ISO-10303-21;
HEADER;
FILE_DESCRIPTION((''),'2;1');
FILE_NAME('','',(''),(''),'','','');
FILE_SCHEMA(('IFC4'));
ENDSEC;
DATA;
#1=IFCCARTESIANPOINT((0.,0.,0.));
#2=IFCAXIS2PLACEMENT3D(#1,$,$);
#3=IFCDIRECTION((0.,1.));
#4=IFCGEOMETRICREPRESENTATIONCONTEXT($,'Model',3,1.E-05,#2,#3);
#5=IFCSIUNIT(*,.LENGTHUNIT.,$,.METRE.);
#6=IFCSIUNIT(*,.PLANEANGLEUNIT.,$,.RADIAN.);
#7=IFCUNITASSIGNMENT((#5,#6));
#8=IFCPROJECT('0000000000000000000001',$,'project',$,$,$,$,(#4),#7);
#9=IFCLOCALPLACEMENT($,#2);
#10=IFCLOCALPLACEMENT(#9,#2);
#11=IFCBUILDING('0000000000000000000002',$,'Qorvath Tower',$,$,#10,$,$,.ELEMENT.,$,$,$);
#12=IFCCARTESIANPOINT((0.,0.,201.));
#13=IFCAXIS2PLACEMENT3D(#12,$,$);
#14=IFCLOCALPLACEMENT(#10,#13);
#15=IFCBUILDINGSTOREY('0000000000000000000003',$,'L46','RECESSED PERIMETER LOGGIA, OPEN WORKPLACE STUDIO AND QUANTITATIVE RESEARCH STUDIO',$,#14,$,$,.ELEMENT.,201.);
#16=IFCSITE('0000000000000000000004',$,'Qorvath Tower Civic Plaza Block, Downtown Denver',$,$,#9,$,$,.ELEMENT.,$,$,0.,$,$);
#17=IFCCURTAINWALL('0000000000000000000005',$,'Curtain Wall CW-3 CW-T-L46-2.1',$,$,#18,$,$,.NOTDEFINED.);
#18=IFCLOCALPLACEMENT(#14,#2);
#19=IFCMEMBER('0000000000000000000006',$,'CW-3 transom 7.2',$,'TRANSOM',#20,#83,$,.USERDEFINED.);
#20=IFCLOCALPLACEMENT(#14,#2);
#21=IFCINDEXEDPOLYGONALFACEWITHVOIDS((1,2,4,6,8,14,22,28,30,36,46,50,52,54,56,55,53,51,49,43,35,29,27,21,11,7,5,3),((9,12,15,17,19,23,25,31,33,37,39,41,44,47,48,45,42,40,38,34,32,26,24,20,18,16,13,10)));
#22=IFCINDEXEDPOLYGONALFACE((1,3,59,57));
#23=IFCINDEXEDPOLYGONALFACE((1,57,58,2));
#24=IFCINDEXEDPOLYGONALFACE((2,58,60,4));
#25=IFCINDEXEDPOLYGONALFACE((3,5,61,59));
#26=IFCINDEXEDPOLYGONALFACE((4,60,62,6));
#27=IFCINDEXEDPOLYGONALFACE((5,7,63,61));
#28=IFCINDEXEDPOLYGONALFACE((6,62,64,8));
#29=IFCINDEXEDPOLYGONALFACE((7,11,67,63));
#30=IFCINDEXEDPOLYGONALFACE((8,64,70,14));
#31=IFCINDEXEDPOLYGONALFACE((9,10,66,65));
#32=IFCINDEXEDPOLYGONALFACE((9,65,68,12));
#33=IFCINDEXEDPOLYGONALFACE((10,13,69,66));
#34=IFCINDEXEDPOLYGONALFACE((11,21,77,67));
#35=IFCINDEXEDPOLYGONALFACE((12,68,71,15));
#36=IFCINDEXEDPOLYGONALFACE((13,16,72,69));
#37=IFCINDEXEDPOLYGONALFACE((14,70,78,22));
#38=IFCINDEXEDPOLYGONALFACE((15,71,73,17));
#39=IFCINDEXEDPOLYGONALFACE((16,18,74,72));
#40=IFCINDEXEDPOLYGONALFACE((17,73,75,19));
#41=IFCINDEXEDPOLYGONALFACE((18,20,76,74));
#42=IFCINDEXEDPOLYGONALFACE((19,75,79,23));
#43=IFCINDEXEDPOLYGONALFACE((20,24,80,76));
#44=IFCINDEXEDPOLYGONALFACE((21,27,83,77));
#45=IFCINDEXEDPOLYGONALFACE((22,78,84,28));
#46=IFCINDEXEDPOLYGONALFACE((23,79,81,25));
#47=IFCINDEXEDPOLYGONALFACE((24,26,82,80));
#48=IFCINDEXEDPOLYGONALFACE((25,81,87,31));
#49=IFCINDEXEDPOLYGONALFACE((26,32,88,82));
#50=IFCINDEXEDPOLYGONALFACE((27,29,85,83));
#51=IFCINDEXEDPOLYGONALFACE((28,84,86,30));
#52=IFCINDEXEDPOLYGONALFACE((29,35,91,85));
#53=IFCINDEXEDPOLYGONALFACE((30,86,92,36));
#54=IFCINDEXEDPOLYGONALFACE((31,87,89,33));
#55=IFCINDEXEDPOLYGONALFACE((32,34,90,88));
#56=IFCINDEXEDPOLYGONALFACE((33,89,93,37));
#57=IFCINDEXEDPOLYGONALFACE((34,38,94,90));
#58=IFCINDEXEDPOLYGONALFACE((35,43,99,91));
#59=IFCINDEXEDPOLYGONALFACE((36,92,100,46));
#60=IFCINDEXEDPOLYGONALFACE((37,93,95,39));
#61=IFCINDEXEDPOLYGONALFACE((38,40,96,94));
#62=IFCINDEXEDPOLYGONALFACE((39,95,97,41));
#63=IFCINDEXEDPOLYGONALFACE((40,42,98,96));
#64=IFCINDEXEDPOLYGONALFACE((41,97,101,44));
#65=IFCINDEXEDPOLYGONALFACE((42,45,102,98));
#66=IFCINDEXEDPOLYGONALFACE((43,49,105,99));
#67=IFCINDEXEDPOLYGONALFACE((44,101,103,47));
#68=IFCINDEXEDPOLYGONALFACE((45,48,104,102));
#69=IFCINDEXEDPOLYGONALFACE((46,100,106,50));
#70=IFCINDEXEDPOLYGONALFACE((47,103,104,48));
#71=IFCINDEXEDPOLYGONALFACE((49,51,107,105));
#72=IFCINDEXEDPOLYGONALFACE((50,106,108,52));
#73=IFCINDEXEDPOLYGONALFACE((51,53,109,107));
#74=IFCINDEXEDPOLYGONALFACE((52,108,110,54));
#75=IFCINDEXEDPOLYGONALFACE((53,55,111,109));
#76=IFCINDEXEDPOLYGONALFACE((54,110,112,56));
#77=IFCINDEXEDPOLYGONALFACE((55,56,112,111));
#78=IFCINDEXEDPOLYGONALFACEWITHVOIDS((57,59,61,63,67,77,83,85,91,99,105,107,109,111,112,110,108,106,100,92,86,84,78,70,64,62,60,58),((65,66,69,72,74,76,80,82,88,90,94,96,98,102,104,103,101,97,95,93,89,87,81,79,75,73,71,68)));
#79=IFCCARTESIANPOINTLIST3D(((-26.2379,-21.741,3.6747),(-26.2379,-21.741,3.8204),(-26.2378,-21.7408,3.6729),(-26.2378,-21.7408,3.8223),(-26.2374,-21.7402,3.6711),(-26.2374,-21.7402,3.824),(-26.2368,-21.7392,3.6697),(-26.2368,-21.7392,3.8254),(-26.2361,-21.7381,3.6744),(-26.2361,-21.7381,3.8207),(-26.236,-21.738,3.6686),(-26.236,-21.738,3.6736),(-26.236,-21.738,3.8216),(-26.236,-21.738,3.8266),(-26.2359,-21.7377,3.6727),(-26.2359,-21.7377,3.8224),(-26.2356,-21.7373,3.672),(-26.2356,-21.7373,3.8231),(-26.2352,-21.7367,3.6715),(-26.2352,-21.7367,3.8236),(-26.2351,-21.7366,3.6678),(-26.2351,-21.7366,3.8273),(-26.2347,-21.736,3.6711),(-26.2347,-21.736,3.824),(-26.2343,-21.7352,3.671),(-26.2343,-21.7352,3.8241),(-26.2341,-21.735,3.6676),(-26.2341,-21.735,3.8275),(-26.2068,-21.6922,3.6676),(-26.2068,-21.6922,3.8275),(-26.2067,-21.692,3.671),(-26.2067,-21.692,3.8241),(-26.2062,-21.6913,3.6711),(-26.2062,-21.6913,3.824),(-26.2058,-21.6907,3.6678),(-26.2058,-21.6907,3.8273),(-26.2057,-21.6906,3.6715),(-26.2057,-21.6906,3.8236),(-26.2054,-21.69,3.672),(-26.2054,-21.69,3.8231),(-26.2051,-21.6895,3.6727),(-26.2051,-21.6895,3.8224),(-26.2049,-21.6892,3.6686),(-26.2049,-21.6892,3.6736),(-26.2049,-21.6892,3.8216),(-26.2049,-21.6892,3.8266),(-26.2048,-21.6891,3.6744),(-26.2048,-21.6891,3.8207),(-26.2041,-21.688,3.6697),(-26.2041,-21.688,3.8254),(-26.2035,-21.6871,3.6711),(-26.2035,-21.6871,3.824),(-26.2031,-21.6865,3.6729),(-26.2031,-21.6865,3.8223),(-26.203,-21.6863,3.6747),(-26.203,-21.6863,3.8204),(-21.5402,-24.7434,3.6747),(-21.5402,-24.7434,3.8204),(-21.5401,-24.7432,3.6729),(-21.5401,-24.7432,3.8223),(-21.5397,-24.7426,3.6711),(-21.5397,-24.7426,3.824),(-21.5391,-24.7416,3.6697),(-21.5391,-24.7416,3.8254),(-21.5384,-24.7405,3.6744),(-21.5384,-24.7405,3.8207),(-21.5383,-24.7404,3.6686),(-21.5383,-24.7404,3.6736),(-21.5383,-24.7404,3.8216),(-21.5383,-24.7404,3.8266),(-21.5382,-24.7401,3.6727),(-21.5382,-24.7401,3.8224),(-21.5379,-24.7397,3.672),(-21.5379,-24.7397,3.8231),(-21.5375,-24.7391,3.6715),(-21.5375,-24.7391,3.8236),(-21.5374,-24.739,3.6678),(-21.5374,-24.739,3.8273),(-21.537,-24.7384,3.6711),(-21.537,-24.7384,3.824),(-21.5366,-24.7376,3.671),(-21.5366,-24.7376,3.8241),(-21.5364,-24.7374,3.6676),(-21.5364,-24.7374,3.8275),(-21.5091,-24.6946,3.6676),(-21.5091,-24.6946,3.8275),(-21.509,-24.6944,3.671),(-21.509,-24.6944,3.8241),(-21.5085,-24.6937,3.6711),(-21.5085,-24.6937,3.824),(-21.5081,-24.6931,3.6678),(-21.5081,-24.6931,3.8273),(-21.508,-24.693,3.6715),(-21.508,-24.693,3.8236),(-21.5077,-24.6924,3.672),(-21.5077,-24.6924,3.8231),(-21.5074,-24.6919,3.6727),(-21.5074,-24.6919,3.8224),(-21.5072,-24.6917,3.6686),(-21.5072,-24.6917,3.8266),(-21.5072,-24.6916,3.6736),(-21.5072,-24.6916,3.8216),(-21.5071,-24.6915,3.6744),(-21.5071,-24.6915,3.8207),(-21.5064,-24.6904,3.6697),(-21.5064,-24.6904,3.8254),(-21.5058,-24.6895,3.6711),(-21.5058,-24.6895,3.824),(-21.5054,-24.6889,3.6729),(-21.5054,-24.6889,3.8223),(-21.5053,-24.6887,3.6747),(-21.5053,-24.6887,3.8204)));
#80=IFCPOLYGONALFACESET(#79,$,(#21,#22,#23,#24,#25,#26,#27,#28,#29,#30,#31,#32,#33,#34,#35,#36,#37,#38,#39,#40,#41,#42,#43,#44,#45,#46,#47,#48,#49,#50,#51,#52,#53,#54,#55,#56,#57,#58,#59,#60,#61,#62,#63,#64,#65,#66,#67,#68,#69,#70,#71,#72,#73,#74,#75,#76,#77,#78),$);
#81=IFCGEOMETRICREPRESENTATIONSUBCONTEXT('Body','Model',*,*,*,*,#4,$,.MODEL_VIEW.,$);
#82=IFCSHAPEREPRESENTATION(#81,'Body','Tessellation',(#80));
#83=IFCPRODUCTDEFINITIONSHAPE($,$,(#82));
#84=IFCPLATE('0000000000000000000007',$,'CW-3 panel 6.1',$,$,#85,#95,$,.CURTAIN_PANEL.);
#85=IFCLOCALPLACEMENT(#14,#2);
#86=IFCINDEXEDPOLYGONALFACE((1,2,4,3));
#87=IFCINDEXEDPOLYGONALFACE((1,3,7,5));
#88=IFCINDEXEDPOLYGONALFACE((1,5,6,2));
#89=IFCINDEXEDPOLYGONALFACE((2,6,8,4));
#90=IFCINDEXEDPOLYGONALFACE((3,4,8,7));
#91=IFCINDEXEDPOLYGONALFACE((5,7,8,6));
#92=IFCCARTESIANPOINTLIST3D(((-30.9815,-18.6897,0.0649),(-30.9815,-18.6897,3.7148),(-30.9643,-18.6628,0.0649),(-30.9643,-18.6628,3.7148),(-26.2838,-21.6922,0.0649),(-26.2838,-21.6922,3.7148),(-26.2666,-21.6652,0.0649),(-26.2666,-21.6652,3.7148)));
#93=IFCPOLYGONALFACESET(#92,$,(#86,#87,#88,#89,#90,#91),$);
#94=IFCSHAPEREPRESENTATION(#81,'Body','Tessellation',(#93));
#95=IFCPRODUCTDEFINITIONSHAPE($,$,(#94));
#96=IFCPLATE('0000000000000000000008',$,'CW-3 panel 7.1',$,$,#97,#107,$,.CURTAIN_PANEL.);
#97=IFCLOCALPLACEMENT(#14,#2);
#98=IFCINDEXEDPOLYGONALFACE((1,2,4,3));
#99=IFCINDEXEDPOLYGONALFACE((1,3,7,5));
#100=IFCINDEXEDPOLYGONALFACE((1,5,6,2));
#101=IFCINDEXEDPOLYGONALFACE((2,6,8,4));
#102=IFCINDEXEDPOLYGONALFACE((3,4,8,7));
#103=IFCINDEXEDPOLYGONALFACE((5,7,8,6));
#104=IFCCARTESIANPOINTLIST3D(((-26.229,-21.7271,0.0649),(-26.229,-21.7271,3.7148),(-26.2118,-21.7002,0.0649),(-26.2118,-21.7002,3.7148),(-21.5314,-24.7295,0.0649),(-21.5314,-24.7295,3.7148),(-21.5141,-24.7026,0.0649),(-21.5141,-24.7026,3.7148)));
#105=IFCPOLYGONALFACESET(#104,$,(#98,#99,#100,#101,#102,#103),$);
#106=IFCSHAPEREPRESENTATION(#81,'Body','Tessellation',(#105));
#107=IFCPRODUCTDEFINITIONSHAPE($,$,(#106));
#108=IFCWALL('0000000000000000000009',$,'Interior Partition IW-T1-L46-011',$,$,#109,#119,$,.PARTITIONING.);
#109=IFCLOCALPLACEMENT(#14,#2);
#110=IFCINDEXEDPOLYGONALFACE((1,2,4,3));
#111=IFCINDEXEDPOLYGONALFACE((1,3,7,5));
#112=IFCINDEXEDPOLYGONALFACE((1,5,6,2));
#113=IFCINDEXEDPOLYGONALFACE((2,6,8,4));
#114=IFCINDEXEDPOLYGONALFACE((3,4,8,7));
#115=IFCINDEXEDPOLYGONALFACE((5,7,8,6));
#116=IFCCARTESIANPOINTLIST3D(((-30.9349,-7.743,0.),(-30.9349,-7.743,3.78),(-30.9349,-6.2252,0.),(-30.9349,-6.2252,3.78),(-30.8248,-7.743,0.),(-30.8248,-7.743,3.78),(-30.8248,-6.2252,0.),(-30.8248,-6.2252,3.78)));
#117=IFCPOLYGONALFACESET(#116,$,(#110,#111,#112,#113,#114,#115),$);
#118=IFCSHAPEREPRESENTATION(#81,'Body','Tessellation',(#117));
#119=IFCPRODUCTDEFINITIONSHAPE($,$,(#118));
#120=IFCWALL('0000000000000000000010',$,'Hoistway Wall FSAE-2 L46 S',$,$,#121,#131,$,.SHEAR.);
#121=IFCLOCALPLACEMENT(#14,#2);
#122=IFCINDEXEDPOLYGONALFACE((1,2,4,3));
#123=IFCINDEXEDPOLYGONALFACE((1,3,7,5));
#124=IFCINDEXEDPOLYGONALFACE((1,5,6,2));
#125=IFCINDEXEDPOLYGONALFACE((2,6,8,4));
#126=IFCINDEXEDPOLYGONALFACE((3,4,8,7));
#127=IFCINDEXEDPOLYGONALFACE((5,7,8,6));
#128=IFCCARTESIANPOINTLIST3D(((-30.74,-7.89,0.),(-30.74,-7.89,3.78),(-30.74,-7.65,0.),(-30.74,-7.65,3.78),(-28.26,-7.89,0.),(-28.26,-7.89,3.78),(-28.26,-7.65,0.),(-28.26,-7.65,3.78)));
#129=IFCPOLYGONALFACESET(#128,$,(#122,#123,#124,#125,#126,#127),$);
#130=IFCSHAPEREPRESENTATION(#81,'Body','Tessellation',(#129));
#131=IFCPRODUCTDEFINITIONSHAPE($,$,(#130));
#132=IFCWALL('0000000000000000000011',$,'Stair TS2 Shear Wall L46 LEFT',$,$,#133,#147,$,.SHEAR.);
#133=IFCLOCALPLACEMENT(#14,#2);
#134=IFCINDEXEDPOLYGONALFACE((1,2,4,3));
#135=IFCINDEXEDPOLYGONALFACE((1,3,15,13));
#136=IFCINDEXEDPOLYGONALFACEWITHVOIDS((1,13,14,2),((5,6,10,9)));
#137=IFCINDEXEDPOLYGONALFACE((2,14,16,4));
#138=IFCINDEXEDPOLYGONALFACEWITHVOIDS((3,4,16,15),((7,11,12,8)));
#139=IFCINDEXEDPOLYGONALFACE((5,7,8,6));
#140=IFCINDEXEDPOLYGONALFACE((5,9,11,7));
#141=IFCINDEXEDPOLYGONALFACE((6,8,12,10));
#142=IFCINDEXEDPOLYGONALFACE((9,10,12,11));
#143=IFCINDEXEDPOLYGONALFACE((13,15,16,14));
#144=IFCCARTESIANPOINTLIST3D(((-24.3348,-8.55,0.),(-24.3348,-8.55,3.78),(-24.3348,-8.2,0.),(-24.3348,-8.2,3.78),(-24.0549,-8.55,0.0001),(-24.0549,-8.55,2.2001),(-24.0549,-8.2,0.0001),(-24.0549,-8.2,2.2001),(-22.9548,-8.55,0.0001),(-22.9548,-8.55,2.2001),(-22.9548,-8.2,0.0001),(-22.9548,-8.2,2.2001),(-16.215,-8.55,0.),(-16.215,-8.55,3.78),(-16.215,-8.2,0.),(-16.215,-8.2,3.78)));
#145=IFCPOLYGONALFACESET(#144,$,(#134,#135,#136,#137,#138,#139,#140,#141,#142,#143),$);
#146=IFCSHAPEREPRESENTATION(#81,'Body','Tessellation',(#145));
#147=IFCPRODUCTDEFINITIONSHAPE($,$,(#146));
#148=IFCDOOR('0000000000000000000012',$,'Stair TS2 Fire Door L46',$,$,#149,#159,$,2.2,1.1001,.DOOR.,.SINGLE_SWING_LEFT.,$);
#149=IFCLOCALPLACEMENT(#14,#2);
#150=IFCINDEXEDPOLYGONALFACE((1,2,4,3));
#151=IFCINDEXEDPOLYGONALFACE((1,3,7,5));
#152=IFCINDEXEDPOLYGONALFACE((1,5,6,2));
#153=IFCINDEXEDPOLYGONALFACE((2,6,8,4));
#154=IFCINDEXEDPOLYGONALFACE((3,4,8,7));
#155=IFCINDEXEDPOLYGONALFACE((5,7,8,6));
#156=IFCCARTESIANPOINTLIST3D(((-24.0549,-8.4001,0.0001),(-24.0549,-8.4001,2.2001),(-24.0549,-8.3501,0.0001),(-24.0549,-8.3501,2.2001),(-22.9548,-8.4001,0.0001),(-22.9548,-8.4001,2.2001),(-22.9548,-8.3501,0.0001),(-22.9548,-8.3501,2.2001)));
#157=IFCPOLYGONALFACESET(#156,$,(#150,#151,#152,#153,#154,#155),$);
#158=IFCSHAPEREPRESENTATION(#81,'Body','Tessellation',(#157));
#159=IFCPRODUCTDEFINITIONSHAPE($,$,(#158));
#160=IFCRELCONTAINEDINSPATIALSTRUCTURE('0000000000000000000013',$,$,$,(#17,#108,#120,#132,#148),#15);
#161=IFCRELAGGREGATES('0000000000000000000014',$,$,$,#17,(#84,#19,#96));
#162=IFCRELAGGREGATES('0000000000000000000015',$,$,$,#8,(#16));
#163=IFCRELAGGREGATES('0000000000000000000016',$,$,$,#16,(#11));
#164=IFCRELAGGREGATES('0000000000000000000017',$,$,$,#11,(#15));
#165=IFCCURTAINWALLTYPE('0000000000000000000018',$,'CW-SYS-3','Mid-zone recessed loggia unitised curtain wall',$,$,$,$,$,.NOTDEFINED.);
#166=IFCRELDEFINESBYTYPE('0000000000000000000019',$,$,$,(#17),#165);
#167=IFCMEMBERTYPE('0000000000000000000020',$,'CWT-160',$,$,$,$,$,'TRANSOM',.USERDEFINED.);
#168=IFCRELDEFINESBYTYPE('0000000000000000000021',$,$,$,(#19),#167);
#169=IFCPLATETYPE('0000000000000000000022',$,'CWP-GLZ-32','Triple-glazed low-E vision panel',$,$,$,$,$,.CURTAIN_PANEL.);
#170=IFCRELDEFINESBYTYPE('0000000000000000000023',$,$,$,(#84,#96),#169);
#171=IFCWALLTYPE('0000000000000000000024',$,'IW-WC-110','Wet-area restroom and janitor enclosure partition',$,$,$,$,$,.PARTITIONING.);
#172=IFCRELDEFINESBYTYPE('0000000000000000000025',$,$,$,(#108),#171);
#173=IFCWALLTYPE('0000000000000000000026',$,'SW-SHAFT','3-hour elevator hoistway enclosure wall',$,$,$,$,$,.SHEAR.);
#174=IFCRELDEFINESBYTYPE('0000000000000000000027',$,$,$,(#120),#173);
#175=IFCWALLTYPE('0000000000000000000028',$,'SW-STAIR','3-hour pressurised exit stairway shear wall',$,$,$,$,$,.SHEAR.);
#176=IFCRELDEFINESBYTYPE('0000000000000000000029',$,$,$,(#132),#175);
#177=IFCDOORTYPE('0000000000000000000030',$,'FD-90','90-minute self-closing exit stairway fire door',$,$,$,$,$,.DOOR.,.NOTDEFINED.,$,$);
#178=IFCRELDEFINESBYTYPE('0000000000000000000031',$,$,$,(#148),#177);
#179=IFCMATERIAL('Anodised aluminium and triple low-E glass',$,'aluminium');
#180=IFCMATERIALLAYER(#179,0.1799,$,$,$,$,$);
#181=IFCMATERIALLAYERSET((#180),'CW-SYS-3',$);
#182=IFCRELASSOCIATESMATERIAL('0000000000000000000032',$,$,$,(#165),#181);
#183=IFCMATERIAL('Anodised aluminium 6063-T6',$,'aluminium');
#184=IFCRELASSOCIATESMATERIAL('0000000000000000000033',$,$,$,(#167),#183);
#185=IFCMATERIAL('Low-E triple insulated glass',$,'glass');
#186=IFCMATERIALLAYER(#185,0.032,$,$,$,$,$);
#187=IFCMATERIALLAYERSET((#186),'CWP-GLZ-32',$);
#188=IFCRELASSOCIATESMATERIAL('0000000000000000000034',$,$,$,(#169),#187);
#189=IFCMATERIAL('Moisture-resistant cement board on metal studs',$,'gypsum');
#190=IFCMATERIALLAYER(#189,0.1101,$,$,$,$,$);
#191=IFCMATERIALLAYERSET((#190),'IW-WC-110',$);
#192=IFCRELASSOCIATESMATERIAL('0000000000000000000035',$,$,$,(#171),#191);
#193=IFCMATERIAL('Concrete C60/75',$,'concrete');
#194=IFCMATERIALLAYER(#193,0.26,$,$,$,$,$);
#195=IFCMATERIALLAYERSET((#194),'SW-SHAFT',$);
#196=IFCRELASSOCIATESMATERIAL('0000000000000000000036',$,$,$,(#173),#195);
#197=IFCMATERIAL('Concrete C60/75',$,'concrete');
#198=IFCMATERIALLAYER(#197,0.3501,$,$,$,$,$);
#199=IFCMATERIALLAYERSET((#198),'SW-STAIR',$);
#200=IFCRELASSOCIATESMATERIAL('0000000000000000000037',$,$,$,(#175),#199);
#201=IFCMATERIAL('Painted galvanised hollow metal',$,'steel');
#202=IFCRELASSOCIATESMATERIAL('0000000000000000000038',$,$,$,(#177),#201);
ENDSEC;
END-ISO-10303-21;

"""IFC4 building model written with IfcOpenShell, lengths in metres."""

from ifc_helpers import new_model, si_unit, direction, frame, frame_2d, origin, origin_2d, place, context, subcontext, project, spatial, rectangle, hollow_rectangle, extrude, material, layer, layer_set, material_profile, profile_set, type_object, element, fill, aggregate, save


model = new_model("IFC4")

# Units and contexts
model_context = context("Model", 3, precision=1e-05, world=origin(), true_north=direction((0.0, 1.0)))
body_context = subcontext(model_context, "Body", "Model", "MODEL_VIEW")
ifc_project = project(units=[si_unit("LENGTHUNIT", "METRE"), si_unit("PLANEANGLEUNIT", "RADIAN")], contexts=[model_context])

# Site, building, storey
site_placement = place(None, origin())
site = spatial("IfcSite", under=ifc_project, at=site_placement, Name="Qorvath Tower Civic Plaza Block, Downtown Denver", CompositionType="ELEMENT", RefElevation=0.0)
building_placement = place(site_placement, origin())
building = spatial("IfcBuilding", under=site, at=building_placement, Name="Qorvath Tower", CompositionType="ELEMENT")
storey_placement = place(building_placement, frame((0.0, 0.0, 201.0)))
storey = spatial("IfcBuildingStorey", under=building, at=storey_placement, Name="L46", Description="RECESSED PERIMETER LOGGIA, OPEN WORKPLACE STUDIO AND QUANTITATIVE RESEARCH STUDIO", CompositionType="ELEMENT", Elevation=201.0)

# Curtain wall, member, plates
ifc_material_1 = material(Name="Anodised aluminium and triple low-E glass", Category="aluminium")
ifc_layer_1 = layer(ifc_material_1, 0.1799)
ifc_layer_set_1 = layer_set([ifc_layer_1], Name="CW-SYS-3")
curtain_wall_type = type_object("IfcCurtainWallType", Name="CW-SYS-3", Description="Mid-zone recessed loggia unitised curtain wall", PredefinedType="NOTDEFINED", material=ifc_layer_set_1)
curtain_wall_placement = place(storey_placement, origin())
curtain_wall = element("IfcCurtainWall", 1, at=curtain_wall_placement, inside=storey, type_object=curtain_wall_type, Name="Curtain Wall CW-3 CW-T-L46-2.1", PredefinedType="NOTDEFINED")
ifc_material_2 = material(Name="Anodised aluminium 6063-T6", Category="aluminium")
ifc_material_profile_1 = material_profile(ifc_material_2, hollow_rectangle(XDim=0.0649, YDim=0.1599, WallThickness=0.0034, InnerFilletRadius=0.0034, OuterFilletRadius=0.0071, at=origin_2d()), Name="CWT 160x65")
ifc_profile_set_1 = profile_set([ifc_material_profile_1], Name="Anodised aluminium 6063-T6")
member_type_1 = type_object("IfcMemberType", Name="CWT-160", ElementType="TRANSOM", PredefinedType="USERDEFINED", material=ifc_profile_set_1)
member_1_placement = place(storey_placement, frame((-26.2205, -21.7136, 3.7476), z_axis=(0.842607, -0.538529, 0.0), x_axis=(0.538529, 0.842607, 0.0)))
member_1 = element("IfcMember", 2, at=member_1_placement, type_object=member_type_1, Name="CW-3 transom 7.2", ObjectType="TRANSOM", PredefinedType="USERDEFINED", context=body_context, shape_type="SweptSolid", body=[
    extrude(hollow_rectangle(XDim=0.0649, YDim=0.1599, WallThickness=0.0034, InnerFilletRadius=0.0034, OuterFilletRadius=0.0071, at=origin_2d()), origin(), (0.0, 0.0, 1.0), 5.5752),
])
ifc_material_3 = material(Name="Low-E triple insulated glass", Category="glass")
ifc_layer_2 = layer(ifc_material_3, 0.032)
ifc_layer_set_2 = layer_set([ifc_layer_2], Name="CWP-GLZ-32")
plate_type = type_object("IfcPlateType", Name="CWP-GLZ-32", Description="Triple-glazed low-E vision panel", PredefinedType="CURTAIN_PANEL", material=ifc_layer_set_2)
plate_1_placement = place(storey_placement, frame((-28.624, -20.1775, 0.0649), z_axis=(0.0, 0.0, 1.0), x_axis=(0.842604, -0.538534, 0.0)))
plate_1 = element("IfcPlate", 3, at=plate_1_placement, type_object=plate_type, Name="CW-3 panel 6.1", PredefinedType="CURTAIN_PANEL", context=body_context, shape_type="SweptSolid", body=[
    extrude(rectangle(XDim=5.5752, YDim=0.032, at=origin_2d()), origin(), (0.0, 0.0, 1.0), 3.6499),
])
plate_2_placement = place(storey_placement, frame((-23.8716, -23.2148, 0.0649), z_axis=(0.0, 0.0, 1.0), x_axis=(0.842604, -0.538534, 0.0)))
plate_2 = element("IfcPlate", 4, at=plate_2_placement, type_object=plate_type, Name="CW-3 panel 7.1", PredefinedType="CURTAIN_PANEL", context=body_context, shape_type="SweptSolid", body=[
    extrude(rectangle(XDim=5.5752, YDim=0.032, at=origin_2d()), origin(), (0.0, 0.0, 1.0), 3.6499),
])
aggregate(curtain_wall, [plate_1, member_1, plate_2])

# Walls
ifc_material_4 = material(Name="Moisture-resistant cement board on metal studs", Category="gypsum")
ifc_layer_3 = layer(ifc_material_4, 0.1101)
ifc_layer_set_3 = layer_set([ifc_layer_3], Name="IW-WC-110")
wall_type_1 = type_object("IfcWallType", Name="IW-WC-110", Description="Wet-area restroom and janitor enclosure partition", PredefinedType="PARTITIONING", material=ifc_layer_set_3)
wall_1_placement = place(storey_placement, frame((-30.8799, -7.7429, 0.0), z_axis=(0.0, 0.0, 1.0), x_axis=(0.0, 1.0, 0.0)))
element("IfcWall", 5, at=wall_1_placement, inside=storey, type_object=wall_type_1, Name="Interior Partition IW-T1-L46-011", PredefinedType="PARTITIONING", context=body_context, shape_type="SweptSolid", body=[
    extrude(rectangle(XDim=1.5178, YDim=0.1101, at=frame_2d((0.7588, 0.0))), origin(), (0.0, 0.0, 1.0), 3.78),
])
ifc_material_5 = material(Name="Concrete C60/75", Category="concrete")
ifc_layer_4 = layer(ifc_material_5, 0.26)
ifc_layer_set_4 = layer_set([ifc_layer_4], Name="SW-SHAFT")
wall_type_2 = type_object("IfcWallType", Name="SW-SHAFT", Description="3-hour elevator hoistway enclosure wall", PredefinedType="SHEAR", material=ifc_layer_set_4)
wall_2_placement = place(storey_placement, frame((-28.26, -7.77, 0.0), z_axis=(0.0, 0.0, 1.0), x_axis=(-1.0, 0.0, 0.0)))
element("IfcWall", 6, at=wall_2_placement, inside=storey, type_object=wall_type_2, Name="Hoistway Wall FSAE-2 L46 S", PredefinedType="SHEAR", context=body_context, shape_type="SweptSolid", body=[
    extrude(rectangle(XDim=2.48, YDim=0.24, at=frame_2d((1.24, 0.0))), origin(), (0.0, 0.0, 1.0), 3.78),
])

# Wall, opening, door
ifc_material_6 = material(Name="Concrete C60/75", Category="concrete")
ifc_layer_5 = layer(ifc_material_6, 0.3501)
ifc_layer_set_5 = layer_set([ifc_layer_5], Name="SW-STAIR")
wall_type_3 = type_object("IfcWallType", Name="SW-STAIR", Description="3-hour pressurised exit stairway shear wall", PredefinedType="SHEAR", material=ifc_layer_set_5)
wall_3_placement = place(storey_placement, frame((-24.335, -8.375, 0.0), z_axis=(0.0, 0.0, 1.0), x_axis=(1.0, 0.0, 0.0)))
wall_3 = element("IfcWall", 7, at=wall_3_placement, inside=storey, type_object=wall_type_3, Name="Stair TS2 Shear Wall L46 LEFT", PredefinedType="SHEAR", context=body_context, shape_type="SweptSolid", body=[
    extrude(rectangle(XDim=8.1199, YDim=0.3501, at=frame_2d((4.0601, 0.0))), origin(), (0.0, 0.0, 1.0), 3.78),
])
opening_1_placement = place(wall_3_placement, frame((0.28, 0.0, 0.0)))
opening_1 = element("IfcOpeningElement", 8, at=opening_1_placement, cuts=wall_3, PredefinedType="OPENING", context=body_context, shape_type="SweptSolid", body=[
    extrude(rectangle(XDim=1.1001, YDim=2.2, at=frame_2d((0.55, 1.1001))), frame((0.0, 0.1851, 0.0), z_axis=(0.0, -1.0, 0.0), x_axis=(1.0, 0.0, 0.0)), (0.0, 0.0, 1.0), 0.3701),
])
ifc_material_7 = material(Name="Painted galvanised hollow metal", Category="steel")
door_type_1 = type_object("IfcDoorType", Name="FD-90", Description="90-minute self-closing exit stairway fire door", OperationType="NOTDEFINED", PredefinedType="DOOR", material=ifc_material_7)
door_1_placement = place(opening_1_placement, origin())
door_1 = element("IfcDoor", 9, at=door_1_placement, inside=storey, type_object=door_type_1, Name="Stair TS2 Fire Door L46", OperationType="SINGLE_SWING_LEFT", OverallHeight=2.2, OverallWidth=1.1001, PredefinedType="DOOR", context=body_context, shape_type="SweptSolid", body=[
    extrude(rectangle(XDim=1.1001, YDim=2.2, at=frame_2d((0.55, 1.1001))), frame((0.0, 0.0249, 0.0), z_axis=(0.0, -1.0, 0.0), x_axis=(1.0, 0.0, 0.0)), (0.0, 0.0, 1.0), 0.05),
])
fill(opening_1, door_1)

save(model, "model.ifc")
